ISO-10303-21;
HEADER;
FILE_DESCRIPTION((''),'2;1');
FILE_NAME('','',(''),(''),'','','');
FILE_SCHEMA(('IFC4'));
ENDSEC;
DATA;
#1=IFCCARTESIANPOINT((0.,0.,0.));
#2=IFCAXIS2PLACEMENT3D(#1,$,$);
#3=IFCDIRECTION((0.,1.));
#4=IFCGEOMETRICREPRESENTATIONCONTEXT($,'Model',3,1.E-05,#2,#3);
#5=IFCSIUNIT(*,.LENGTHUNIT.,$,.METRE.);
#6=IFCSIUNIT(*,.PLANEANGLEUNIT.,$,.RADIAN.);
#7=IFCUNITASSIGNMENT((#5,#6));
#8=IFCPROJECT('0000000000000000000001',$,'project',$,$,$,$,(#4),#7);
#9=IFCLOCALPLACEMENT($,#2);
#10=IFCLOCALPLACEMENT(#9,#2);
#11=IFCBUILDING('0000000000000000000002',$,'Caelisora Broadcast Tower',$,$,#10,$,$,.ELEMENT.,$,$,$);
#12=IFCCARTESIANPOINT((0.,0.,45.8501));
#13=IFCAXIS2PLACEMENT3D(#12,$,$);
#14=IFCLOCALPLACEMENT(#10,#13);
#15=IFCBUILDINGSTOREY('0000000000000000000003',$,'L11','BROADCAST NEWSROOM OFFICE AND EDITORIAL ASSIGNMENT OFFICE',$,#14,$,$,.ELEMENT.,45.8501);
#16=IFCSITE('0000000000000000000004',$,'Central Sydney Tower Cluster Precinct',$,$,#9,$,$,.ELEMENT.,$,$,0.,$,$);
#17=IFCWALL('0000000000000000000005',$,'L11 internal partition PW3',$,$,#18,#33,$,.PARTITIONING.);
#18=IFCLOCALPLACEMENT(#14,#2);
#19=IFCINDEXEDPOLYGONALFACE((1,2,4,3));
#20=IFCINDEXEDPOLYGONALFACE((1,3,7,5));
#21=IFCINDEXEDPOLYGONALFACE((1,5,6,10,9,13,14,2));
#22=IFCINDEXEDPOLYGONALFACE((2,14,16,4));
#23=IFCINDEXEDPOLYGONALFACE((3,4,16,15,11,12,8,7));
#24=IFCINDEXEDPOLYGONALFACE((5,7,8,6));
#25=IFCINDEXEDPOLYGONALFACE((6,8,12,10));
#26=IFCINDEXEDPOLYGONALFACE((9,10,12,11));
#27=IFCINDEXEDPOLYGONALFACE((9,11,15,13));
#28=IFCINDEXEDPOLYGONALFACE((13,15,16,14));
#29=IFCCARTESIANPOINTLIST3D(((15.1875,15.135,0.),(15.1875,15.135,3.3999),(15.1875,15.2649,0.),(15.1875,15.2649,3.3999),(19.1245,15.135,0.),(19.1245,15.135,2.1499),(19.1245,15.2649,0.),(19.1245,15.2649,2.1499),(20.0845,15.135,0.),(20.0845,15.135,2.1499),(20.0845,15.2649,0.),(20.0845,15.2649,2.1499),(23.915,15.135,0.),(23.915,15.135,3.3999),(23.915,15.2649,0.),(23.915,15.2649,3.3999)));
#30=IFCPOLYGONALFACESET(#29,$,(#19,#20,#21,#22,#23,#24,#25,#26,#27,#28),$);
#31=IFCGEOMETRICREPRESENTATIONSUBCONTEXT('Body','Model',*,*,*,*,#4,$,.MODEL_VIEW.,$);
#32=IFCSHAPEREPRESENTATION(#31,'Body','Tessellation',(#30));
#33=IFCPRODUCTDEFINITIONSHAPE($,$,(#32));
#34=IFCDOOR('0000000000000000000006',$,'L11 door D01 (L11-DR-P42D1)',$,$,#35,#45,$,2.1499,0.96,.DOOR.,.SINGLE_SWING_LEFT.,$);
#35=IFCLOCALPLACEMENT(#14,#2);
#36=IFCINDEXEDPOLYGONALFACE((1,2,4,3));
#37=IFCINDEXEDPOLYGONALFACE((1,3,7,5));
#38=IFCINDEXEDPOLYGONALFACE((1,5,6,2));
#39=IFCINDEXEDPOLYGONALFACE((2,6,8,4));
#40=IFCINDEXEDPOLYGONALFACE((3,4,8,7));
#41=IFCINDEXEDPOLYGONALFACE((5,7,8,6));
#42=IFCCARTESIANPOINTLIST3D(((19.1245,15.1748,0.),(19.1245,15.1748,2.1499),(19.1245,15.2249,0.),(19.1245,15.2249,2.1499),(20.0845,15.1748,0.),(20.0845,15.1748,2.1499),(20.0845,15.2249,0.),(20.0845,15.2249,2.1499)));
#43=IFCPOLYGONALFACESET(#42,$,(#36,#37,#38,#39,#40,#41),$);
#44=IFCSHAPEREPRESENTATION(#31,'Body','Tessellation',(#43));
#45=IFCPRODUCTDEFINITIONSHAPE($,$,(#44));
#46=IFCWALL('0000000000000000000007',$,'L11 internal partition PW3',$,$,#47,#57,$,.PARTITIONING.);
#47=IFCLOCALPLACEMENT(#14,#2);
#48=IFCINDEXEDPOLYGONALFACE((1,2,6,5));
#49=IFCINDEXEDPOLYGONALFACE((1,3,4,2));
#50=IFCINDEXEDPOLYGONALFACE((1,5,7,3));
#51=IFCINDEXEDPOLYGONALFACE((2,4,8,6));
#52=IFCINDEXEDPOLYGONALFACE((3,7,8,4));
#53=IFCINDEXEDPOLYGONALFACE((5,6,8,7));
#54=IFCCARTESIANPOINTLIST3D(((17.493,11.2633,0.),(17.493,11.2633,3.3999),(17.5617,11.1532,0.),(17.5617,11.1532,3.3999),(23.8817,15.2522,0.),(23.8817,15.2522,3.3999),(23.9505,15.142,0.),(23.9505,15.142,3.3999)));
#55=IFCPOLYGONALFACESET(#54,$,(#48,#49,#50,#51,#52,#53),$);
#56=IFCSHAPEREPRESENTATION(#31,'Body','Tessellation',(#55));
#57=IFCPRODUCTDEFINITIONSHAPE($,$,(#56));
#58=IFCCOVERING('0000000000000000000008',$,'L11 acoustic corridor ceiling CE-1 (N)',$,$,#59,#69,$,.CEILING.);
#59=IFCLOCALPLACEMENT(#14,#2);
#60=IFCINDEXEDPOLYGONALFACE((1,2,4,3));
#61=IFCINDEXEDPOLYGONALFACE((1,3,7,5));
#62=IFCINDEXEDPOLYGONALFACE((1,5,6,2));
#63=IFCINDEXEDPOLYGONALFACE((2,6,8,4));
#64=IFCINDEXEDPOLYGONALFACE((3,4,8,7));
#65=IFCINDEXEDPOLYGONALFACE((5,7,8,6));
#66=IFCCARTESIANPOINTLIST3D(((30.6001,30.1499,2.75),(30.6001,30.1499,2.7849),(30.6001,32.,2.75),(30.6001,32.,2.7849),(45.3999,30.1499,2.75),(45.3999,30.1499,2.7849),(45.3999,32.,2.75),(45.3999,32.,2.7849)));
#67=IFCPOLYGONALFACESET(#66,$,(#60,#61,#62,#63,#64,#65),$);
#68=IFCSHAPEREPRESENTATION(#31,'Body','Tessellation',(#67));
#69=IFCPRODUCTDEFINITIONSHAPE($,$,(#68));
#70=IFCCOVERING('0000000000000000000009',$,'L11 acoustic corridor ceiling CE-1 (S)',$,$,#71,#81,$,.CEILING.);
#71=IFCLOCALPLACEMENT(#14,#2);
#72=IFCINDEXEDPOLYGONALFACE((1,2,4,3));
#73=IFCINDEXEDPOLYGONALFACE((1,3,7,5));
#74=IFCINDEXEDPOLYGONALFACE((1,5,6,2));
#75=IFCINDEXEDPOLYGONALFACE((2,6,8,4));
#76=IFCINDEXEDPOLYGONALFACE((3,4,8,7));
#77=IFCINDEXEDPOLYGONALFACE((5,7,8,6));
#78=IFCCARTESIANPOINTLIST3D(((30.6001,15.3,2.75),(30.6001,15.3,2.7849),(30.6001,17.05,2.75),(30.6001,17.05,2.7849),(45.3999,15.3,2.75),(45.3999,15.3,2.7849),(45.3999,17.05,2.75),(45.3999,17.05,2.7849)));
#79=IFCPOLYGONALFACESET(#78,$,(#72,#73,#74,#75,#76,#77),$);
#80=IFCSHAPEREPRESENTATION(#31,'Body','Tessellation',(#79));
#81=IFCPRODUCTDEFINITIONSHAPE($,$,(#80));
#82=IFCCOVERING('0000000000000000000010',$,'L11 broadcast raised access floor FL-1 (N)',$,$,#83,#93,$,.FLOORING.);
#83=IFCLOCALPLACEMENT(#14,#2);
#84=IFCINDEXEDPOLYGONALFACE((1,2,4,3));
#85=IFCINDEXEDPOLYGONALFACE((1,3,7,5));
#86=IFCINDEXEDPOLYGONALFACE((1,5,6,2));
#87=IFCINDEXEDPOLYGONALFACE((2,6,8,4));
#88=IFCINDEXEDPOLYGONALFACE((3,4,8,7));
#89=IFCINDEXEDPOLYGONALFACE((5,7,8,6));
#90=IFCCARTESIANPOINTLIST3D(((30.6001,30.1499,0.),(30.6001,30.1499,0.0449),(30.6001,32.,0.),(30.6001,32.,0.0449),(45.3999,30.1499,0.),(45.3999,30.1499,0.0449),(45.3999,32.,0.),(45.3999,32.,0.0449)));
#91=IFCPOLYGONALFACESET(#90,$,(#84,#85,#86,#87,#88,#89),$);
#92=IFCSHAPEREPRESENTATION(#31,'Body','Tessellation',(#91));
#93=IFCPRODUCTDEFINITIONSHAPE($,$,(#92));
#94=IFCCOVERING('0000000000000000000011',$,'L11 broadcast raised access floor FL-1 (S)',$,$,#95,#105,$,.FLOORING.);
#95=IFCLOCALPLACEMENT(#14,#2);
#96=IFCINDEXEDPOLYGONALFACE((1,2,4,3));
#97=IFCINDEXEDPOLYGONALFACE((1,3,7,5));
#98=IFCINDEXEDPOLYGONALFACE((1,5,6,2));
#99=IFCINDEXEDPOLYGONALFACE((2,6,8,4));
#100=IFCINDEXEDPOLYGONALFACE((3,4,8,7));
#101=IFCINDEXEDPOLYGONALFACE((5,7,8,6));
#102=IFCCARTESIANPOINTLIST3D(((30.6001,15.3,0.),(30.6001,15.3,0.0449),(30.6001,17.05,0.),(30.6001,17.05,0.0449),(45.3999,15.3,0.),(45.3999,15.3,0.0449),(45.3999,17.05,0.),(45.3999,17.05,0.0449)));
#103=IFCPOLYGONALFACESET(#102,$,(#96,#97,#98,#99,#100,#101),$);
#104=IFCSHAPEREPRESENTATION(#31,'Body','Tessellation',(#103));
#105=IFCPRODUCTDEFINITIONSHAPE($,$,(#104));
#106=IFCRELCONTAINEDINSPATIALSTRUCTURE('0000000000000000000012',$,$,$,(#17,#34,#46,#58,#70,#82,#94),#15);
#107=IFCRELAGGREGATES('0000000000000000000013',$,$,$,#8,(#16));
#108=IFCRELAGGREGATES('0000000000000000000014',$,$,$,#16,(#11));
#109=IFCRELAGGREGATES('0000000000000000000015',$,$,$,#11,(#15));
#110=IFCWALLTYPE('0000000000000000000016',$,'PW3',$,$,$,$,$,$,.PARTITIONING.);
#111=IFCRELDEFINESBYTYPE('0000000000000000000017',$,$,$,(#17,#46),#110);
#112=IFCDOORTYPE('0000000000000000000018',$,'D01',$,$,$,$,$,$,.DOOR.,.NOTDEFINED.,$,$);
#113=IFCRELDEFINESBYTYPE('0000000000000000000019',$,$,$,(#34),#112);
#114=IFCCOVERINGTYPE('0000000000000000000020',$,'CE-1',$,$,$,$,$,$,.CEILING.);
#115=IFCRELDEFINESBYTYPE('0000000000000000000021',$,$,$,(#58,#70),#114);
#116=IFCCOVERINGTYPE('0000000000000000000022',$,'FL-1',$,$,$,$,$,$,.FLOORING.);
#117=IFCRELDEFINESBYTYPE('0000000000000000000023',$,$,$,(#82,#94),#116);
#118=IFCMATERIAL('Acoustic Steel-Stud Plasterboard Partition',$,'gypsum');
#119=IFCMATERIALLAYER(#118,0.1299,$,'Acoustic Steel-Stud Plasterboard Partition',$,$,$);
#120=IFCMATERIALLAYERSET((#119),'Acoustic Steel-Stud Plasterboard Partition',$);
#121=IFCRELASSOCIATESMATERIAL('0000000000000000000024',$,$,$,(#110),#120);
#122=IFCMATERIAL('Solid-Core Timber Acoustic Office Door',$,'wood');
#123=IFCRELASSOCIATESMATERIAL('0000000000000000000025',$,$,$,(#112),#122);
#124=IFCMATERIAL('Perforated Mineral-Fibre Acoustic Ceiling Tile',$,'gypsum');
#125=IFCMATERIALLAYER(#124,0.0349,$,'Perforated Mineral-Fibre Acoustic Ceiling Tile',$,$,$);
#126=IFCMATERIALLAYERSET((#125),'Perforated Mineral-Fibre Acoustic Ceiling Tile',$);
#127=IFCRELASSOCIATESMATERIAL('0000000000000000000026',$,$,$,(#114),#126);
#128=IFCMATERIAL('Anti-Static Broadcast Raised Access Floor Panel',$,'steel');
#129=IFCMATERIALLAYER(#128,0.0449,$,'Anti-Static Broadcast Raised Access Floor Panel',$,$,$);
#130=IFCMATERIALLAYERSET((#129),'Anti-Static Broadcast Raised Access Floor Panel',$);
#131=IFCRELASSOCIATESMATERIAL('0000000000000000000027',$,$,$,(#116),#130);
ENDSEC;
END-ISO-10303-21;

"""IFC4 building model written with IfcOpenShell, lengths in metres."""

from ifc_helpers import new_model, si_unit, direction, frame, frame_2d, origin, place, context, subcontext, project, spatial, polyline, rectangle, outline, extrude, material, layer, layer_set, type_object, element, fill, save


model = new_model("IFC4")

# Units and contexts
model_context = context("Model", 3, precision=1e-05, world=origin(), true_north=direction((0.0, 1.0)))
body_context = subcontext(model_context, "Body", "Model", "MODEL_VIEW")
ifc_project = project(units=[si_unit("LENGTHUNIT", "METRE"), si_unit("PLANEANGLEUNIT", "RADIAN")], contexts=[model_context])

# Site, building, storey
site_placement = place(None, origin())
site = spatial("IfcSite", under=ifc_project, at=site_placement, Name="Central Sydney Tower Cluster Precinct", CompositionType="ELEMENT", RefElevation=0.0)
building_placement = place(site_placement, origin())
building = spatial("IfcBuilding", under=site, at=building_placement, Name="Caelisora Broadcast Tower", CompositionType="ELEMENT")
storey_placement = place(building_placement, frame((0.0, 0.0, 45.8501)))
storey = spatial("IfcBuildingStorey", under=building, at=storey_placement, Name="L11", Description="BROADCAST NEWSROOM OFFICE AND EDITORIAL ASSIGNMENT OFFICE", CompositionType="ELEMENT", Elevation=45.8501)

# Shared definitions
ifc_material_1 = material(Name="Acoustic Steel-Stud Plasterboard Partition", Category="gypsum")
ifc_layer_1 = layer(ifc_material_1, 0.1299, Name="Acoustic Steel-Stud Plasterboard Partition")
ifc_layer_set_1 = layer_set([ifc_layer_1], Name="Acoustic Steel-Stud Plasterboard Partition")
wall_type = type_object("IfcWallType", Name="PW3", PredefinedType="PARTITIONING", material=ifc_layer_set_1)

# Wall, opening, door
ifc_material_2 = material(Name="Solid-Core Timber Acoustic Office Door", Category="wood")
door_type = type_object("IfcDoorType", Name="D01", OperationType="NOTDEFINED", PredefinedType="DOOR", material=ifc_material_2)
wall_1_placement = place(storey_placement, frame((15.1875, 15.2, 0.0), z_axis=(0.0, 0.0, 1.0), x_axis=(1.0, 0.0, 0.0)))
wall_1 = element("IfcWall", 1, at=wall_1_placement, inside=storey, type_object=wall_type, Name="L11 internal partition PW3", PredefinedType="PARTITIONING", context=body_context, shape_type="SweptSolid", body=[
    extrude(rectangle(XDim=8.7275, YDim=0.1299, at=frame_2d((4.3638, 0.0))), origin(), (0.0, 0.0, 1.0), 3.3999),
])
opening_1_placement = place(wall_1_placement, frame((3.937, 0.0, 0.0)))
opening_1 = element("IfcOpeningElement", 2, at=opening_1_placement, cuts=wall_1, PredefinedType="OPENING", context=body_context, shape_type="SweptSolid", body=[
    extrude(rectangle(XDim=0.96, YDim=2.1499, at=frame_2d((0.48, 1.075))), frame((0.0, 0.0769, 0.0), z_axis=(0.0, -1.0, 0.0), x_axis=(1.0, 0.0, 0.0)), (0.0, 0.0, 1.0), 0.1538),
])
door_1_placement = place(opening_1_placement, origin())
door_1 = element("IfcDoor", 3, at=door_1_placement, inside=storey, type_object=door_type, Name="L11 door D01 (L11-DR-P42D1)", OperationType="SINGLE_SWING_LEFT", OverallHeight=2.1499, OverallWidth=0.96, PredefinedType="DOOR", context=body_context, shape_type="SweptSolid", body=[
    extrude(rectangle(XDim=0.96, YDim=2.1499, at=frame_2d((0.48, 1.075))), frame((0.0, 0.0249, 0.0), z_axis=(0.0, -1.0, 0.0), x_axis=(1.0, 0.0, 0.0)), (0.0, 0.0, 1.0), 0.05),
])
fill(opening_1, door_1)

# Wall
wall_2_placement = place(storey_placement, frame((17.5273, 11.2083, 0.0), z_axis=(0.0, 0.0, 1.0), x_axis=(0.848246, 0.529603, 0.0)))
element("IfcWall", 4, at=wall_2_placement, inside=storey, type_object=wall_type, Name="L11 internal partition PW3", PredefinedType="PARTITIONING", context=body_context, shape_type="SweptSolid", body=[
    extrude(rectangle(XDim=7.5317, YDim=0.1299, at=frame_2d((3.7659, 0.0))), origin(), (0.0, 0.0, 1.0), 3.3999),
])

# Coverings
ifc_material_3 = material(Name="Perforated Mineral-Fibre Acoustic Ceiling Tile", Category="gypsum")
ifc_layer_2 = layer(ifc_material_3, 0.0349, Name="Perforated Mineral-Fibre Acoustic Ceiling Tile")
ifc_layer_set_2 = layer_set([ifc_layer_2], Name="Perforated Mineral-Fibre Acoustic Ceiling Tile")
covering_type_1 = type_object("IfcCoveringType", Name="CE-1", PredefinedType="CEILING", material=ifc_layer_set_2)
covering_1_placement = place(storey_placement, frame((0.0, 0.0, 2.75)))
element("IfcCovering", 5, at=covering_1_placement, inside=storey, type_object=covering_type_1, Name="L11 acoustic corridor ceiling CE-1 (N)", PredefinedType="CEILING", context=body_context, shape_type="SweptSolid", body=[
    extrude(outline(polyline([(30.6001, 30.1499), (45.3999, 30.1499), (45.3999, 32.0), (30.6001, 32.0), (30.6001, 30.1499)])), origin(), (0.0, 0.0, 1.0), 0.0349),
])
covering_2_placement = place(storey_placement, frame((0.0, 0.0, 2.75)))
element("IfcCovering", 6, at=covering_2_placement, inside=storey, type_object=covering_type_1, Name="L11 acoustic corridor ceiling CE-1 (S)", PredefinedType="CEILING", context=body_context, shape_type="SweptSolid", body=[
    extrude(outline(polyline([(30.6001, 15.3), (45.3999, 15.3), (45.3999, 17.05), (30.6001, 17.05), (30.6001, 15.3)])), origin(), (0.0, 0.0, 1.0), 0.0349),
])
ifc_material_4 = material(Name="Anti-Static Broadcast Raised Access Floor Panel", Category="steel")
ifc_layer_3 = layer(ifc_material_4, 0.0449, Name="Anti-Static Broadcast Raised Access Floor Panel")
ifc_layer_set_3 = layer_set([ifc_layer_3], Name="Anti-Static Broadcast Raised Access Floor Panel")
covering_type_2 = type_object("IfcCoveringType", Name="FL-1", PredefinedType="FLOORING", material=ifc_layer_set_3)
covering_3_placement = place(storey_placement, origin())
element("IfcCovering", 7, at=covering_3_placement, inside=storey, type_object=covering_type_2, Name="L11 broadcast raised access floor FL-1 (N)", PredefinedType="FLOORING", context=body_context, shape_type="SweptSolid", body=[
    extrude(outline(polyline([(30.6001, 30.1499), (45.3999, 30.1499), (45.3999, 32.0), (30.6001, 32.0), (30.6001, 30.1499)])), origin(), (0.0, 0.0, 1.0), 0.0449),
])
covering_4_placement = place(storey_placement, origin())
element("IfcCovering", 8, at=covering_4_placement, inside=storey, type_object=covering_type_2, Name="L11 broadcast raised access floor FL-1 (S)", PredefinedType="FLOORING", context=body_context, shape_type="SweptSolid", body=[
    extrude(outline(polyline([(30.6001, 15.3), (45.3999, 15.3), (45.3999, 17.05), (30.6001, 17.05), (30.6001, 15.3)])), origin(), (0.0, 0.0, 1.0), 0.0449),
])

save(model, "model.ifc")
